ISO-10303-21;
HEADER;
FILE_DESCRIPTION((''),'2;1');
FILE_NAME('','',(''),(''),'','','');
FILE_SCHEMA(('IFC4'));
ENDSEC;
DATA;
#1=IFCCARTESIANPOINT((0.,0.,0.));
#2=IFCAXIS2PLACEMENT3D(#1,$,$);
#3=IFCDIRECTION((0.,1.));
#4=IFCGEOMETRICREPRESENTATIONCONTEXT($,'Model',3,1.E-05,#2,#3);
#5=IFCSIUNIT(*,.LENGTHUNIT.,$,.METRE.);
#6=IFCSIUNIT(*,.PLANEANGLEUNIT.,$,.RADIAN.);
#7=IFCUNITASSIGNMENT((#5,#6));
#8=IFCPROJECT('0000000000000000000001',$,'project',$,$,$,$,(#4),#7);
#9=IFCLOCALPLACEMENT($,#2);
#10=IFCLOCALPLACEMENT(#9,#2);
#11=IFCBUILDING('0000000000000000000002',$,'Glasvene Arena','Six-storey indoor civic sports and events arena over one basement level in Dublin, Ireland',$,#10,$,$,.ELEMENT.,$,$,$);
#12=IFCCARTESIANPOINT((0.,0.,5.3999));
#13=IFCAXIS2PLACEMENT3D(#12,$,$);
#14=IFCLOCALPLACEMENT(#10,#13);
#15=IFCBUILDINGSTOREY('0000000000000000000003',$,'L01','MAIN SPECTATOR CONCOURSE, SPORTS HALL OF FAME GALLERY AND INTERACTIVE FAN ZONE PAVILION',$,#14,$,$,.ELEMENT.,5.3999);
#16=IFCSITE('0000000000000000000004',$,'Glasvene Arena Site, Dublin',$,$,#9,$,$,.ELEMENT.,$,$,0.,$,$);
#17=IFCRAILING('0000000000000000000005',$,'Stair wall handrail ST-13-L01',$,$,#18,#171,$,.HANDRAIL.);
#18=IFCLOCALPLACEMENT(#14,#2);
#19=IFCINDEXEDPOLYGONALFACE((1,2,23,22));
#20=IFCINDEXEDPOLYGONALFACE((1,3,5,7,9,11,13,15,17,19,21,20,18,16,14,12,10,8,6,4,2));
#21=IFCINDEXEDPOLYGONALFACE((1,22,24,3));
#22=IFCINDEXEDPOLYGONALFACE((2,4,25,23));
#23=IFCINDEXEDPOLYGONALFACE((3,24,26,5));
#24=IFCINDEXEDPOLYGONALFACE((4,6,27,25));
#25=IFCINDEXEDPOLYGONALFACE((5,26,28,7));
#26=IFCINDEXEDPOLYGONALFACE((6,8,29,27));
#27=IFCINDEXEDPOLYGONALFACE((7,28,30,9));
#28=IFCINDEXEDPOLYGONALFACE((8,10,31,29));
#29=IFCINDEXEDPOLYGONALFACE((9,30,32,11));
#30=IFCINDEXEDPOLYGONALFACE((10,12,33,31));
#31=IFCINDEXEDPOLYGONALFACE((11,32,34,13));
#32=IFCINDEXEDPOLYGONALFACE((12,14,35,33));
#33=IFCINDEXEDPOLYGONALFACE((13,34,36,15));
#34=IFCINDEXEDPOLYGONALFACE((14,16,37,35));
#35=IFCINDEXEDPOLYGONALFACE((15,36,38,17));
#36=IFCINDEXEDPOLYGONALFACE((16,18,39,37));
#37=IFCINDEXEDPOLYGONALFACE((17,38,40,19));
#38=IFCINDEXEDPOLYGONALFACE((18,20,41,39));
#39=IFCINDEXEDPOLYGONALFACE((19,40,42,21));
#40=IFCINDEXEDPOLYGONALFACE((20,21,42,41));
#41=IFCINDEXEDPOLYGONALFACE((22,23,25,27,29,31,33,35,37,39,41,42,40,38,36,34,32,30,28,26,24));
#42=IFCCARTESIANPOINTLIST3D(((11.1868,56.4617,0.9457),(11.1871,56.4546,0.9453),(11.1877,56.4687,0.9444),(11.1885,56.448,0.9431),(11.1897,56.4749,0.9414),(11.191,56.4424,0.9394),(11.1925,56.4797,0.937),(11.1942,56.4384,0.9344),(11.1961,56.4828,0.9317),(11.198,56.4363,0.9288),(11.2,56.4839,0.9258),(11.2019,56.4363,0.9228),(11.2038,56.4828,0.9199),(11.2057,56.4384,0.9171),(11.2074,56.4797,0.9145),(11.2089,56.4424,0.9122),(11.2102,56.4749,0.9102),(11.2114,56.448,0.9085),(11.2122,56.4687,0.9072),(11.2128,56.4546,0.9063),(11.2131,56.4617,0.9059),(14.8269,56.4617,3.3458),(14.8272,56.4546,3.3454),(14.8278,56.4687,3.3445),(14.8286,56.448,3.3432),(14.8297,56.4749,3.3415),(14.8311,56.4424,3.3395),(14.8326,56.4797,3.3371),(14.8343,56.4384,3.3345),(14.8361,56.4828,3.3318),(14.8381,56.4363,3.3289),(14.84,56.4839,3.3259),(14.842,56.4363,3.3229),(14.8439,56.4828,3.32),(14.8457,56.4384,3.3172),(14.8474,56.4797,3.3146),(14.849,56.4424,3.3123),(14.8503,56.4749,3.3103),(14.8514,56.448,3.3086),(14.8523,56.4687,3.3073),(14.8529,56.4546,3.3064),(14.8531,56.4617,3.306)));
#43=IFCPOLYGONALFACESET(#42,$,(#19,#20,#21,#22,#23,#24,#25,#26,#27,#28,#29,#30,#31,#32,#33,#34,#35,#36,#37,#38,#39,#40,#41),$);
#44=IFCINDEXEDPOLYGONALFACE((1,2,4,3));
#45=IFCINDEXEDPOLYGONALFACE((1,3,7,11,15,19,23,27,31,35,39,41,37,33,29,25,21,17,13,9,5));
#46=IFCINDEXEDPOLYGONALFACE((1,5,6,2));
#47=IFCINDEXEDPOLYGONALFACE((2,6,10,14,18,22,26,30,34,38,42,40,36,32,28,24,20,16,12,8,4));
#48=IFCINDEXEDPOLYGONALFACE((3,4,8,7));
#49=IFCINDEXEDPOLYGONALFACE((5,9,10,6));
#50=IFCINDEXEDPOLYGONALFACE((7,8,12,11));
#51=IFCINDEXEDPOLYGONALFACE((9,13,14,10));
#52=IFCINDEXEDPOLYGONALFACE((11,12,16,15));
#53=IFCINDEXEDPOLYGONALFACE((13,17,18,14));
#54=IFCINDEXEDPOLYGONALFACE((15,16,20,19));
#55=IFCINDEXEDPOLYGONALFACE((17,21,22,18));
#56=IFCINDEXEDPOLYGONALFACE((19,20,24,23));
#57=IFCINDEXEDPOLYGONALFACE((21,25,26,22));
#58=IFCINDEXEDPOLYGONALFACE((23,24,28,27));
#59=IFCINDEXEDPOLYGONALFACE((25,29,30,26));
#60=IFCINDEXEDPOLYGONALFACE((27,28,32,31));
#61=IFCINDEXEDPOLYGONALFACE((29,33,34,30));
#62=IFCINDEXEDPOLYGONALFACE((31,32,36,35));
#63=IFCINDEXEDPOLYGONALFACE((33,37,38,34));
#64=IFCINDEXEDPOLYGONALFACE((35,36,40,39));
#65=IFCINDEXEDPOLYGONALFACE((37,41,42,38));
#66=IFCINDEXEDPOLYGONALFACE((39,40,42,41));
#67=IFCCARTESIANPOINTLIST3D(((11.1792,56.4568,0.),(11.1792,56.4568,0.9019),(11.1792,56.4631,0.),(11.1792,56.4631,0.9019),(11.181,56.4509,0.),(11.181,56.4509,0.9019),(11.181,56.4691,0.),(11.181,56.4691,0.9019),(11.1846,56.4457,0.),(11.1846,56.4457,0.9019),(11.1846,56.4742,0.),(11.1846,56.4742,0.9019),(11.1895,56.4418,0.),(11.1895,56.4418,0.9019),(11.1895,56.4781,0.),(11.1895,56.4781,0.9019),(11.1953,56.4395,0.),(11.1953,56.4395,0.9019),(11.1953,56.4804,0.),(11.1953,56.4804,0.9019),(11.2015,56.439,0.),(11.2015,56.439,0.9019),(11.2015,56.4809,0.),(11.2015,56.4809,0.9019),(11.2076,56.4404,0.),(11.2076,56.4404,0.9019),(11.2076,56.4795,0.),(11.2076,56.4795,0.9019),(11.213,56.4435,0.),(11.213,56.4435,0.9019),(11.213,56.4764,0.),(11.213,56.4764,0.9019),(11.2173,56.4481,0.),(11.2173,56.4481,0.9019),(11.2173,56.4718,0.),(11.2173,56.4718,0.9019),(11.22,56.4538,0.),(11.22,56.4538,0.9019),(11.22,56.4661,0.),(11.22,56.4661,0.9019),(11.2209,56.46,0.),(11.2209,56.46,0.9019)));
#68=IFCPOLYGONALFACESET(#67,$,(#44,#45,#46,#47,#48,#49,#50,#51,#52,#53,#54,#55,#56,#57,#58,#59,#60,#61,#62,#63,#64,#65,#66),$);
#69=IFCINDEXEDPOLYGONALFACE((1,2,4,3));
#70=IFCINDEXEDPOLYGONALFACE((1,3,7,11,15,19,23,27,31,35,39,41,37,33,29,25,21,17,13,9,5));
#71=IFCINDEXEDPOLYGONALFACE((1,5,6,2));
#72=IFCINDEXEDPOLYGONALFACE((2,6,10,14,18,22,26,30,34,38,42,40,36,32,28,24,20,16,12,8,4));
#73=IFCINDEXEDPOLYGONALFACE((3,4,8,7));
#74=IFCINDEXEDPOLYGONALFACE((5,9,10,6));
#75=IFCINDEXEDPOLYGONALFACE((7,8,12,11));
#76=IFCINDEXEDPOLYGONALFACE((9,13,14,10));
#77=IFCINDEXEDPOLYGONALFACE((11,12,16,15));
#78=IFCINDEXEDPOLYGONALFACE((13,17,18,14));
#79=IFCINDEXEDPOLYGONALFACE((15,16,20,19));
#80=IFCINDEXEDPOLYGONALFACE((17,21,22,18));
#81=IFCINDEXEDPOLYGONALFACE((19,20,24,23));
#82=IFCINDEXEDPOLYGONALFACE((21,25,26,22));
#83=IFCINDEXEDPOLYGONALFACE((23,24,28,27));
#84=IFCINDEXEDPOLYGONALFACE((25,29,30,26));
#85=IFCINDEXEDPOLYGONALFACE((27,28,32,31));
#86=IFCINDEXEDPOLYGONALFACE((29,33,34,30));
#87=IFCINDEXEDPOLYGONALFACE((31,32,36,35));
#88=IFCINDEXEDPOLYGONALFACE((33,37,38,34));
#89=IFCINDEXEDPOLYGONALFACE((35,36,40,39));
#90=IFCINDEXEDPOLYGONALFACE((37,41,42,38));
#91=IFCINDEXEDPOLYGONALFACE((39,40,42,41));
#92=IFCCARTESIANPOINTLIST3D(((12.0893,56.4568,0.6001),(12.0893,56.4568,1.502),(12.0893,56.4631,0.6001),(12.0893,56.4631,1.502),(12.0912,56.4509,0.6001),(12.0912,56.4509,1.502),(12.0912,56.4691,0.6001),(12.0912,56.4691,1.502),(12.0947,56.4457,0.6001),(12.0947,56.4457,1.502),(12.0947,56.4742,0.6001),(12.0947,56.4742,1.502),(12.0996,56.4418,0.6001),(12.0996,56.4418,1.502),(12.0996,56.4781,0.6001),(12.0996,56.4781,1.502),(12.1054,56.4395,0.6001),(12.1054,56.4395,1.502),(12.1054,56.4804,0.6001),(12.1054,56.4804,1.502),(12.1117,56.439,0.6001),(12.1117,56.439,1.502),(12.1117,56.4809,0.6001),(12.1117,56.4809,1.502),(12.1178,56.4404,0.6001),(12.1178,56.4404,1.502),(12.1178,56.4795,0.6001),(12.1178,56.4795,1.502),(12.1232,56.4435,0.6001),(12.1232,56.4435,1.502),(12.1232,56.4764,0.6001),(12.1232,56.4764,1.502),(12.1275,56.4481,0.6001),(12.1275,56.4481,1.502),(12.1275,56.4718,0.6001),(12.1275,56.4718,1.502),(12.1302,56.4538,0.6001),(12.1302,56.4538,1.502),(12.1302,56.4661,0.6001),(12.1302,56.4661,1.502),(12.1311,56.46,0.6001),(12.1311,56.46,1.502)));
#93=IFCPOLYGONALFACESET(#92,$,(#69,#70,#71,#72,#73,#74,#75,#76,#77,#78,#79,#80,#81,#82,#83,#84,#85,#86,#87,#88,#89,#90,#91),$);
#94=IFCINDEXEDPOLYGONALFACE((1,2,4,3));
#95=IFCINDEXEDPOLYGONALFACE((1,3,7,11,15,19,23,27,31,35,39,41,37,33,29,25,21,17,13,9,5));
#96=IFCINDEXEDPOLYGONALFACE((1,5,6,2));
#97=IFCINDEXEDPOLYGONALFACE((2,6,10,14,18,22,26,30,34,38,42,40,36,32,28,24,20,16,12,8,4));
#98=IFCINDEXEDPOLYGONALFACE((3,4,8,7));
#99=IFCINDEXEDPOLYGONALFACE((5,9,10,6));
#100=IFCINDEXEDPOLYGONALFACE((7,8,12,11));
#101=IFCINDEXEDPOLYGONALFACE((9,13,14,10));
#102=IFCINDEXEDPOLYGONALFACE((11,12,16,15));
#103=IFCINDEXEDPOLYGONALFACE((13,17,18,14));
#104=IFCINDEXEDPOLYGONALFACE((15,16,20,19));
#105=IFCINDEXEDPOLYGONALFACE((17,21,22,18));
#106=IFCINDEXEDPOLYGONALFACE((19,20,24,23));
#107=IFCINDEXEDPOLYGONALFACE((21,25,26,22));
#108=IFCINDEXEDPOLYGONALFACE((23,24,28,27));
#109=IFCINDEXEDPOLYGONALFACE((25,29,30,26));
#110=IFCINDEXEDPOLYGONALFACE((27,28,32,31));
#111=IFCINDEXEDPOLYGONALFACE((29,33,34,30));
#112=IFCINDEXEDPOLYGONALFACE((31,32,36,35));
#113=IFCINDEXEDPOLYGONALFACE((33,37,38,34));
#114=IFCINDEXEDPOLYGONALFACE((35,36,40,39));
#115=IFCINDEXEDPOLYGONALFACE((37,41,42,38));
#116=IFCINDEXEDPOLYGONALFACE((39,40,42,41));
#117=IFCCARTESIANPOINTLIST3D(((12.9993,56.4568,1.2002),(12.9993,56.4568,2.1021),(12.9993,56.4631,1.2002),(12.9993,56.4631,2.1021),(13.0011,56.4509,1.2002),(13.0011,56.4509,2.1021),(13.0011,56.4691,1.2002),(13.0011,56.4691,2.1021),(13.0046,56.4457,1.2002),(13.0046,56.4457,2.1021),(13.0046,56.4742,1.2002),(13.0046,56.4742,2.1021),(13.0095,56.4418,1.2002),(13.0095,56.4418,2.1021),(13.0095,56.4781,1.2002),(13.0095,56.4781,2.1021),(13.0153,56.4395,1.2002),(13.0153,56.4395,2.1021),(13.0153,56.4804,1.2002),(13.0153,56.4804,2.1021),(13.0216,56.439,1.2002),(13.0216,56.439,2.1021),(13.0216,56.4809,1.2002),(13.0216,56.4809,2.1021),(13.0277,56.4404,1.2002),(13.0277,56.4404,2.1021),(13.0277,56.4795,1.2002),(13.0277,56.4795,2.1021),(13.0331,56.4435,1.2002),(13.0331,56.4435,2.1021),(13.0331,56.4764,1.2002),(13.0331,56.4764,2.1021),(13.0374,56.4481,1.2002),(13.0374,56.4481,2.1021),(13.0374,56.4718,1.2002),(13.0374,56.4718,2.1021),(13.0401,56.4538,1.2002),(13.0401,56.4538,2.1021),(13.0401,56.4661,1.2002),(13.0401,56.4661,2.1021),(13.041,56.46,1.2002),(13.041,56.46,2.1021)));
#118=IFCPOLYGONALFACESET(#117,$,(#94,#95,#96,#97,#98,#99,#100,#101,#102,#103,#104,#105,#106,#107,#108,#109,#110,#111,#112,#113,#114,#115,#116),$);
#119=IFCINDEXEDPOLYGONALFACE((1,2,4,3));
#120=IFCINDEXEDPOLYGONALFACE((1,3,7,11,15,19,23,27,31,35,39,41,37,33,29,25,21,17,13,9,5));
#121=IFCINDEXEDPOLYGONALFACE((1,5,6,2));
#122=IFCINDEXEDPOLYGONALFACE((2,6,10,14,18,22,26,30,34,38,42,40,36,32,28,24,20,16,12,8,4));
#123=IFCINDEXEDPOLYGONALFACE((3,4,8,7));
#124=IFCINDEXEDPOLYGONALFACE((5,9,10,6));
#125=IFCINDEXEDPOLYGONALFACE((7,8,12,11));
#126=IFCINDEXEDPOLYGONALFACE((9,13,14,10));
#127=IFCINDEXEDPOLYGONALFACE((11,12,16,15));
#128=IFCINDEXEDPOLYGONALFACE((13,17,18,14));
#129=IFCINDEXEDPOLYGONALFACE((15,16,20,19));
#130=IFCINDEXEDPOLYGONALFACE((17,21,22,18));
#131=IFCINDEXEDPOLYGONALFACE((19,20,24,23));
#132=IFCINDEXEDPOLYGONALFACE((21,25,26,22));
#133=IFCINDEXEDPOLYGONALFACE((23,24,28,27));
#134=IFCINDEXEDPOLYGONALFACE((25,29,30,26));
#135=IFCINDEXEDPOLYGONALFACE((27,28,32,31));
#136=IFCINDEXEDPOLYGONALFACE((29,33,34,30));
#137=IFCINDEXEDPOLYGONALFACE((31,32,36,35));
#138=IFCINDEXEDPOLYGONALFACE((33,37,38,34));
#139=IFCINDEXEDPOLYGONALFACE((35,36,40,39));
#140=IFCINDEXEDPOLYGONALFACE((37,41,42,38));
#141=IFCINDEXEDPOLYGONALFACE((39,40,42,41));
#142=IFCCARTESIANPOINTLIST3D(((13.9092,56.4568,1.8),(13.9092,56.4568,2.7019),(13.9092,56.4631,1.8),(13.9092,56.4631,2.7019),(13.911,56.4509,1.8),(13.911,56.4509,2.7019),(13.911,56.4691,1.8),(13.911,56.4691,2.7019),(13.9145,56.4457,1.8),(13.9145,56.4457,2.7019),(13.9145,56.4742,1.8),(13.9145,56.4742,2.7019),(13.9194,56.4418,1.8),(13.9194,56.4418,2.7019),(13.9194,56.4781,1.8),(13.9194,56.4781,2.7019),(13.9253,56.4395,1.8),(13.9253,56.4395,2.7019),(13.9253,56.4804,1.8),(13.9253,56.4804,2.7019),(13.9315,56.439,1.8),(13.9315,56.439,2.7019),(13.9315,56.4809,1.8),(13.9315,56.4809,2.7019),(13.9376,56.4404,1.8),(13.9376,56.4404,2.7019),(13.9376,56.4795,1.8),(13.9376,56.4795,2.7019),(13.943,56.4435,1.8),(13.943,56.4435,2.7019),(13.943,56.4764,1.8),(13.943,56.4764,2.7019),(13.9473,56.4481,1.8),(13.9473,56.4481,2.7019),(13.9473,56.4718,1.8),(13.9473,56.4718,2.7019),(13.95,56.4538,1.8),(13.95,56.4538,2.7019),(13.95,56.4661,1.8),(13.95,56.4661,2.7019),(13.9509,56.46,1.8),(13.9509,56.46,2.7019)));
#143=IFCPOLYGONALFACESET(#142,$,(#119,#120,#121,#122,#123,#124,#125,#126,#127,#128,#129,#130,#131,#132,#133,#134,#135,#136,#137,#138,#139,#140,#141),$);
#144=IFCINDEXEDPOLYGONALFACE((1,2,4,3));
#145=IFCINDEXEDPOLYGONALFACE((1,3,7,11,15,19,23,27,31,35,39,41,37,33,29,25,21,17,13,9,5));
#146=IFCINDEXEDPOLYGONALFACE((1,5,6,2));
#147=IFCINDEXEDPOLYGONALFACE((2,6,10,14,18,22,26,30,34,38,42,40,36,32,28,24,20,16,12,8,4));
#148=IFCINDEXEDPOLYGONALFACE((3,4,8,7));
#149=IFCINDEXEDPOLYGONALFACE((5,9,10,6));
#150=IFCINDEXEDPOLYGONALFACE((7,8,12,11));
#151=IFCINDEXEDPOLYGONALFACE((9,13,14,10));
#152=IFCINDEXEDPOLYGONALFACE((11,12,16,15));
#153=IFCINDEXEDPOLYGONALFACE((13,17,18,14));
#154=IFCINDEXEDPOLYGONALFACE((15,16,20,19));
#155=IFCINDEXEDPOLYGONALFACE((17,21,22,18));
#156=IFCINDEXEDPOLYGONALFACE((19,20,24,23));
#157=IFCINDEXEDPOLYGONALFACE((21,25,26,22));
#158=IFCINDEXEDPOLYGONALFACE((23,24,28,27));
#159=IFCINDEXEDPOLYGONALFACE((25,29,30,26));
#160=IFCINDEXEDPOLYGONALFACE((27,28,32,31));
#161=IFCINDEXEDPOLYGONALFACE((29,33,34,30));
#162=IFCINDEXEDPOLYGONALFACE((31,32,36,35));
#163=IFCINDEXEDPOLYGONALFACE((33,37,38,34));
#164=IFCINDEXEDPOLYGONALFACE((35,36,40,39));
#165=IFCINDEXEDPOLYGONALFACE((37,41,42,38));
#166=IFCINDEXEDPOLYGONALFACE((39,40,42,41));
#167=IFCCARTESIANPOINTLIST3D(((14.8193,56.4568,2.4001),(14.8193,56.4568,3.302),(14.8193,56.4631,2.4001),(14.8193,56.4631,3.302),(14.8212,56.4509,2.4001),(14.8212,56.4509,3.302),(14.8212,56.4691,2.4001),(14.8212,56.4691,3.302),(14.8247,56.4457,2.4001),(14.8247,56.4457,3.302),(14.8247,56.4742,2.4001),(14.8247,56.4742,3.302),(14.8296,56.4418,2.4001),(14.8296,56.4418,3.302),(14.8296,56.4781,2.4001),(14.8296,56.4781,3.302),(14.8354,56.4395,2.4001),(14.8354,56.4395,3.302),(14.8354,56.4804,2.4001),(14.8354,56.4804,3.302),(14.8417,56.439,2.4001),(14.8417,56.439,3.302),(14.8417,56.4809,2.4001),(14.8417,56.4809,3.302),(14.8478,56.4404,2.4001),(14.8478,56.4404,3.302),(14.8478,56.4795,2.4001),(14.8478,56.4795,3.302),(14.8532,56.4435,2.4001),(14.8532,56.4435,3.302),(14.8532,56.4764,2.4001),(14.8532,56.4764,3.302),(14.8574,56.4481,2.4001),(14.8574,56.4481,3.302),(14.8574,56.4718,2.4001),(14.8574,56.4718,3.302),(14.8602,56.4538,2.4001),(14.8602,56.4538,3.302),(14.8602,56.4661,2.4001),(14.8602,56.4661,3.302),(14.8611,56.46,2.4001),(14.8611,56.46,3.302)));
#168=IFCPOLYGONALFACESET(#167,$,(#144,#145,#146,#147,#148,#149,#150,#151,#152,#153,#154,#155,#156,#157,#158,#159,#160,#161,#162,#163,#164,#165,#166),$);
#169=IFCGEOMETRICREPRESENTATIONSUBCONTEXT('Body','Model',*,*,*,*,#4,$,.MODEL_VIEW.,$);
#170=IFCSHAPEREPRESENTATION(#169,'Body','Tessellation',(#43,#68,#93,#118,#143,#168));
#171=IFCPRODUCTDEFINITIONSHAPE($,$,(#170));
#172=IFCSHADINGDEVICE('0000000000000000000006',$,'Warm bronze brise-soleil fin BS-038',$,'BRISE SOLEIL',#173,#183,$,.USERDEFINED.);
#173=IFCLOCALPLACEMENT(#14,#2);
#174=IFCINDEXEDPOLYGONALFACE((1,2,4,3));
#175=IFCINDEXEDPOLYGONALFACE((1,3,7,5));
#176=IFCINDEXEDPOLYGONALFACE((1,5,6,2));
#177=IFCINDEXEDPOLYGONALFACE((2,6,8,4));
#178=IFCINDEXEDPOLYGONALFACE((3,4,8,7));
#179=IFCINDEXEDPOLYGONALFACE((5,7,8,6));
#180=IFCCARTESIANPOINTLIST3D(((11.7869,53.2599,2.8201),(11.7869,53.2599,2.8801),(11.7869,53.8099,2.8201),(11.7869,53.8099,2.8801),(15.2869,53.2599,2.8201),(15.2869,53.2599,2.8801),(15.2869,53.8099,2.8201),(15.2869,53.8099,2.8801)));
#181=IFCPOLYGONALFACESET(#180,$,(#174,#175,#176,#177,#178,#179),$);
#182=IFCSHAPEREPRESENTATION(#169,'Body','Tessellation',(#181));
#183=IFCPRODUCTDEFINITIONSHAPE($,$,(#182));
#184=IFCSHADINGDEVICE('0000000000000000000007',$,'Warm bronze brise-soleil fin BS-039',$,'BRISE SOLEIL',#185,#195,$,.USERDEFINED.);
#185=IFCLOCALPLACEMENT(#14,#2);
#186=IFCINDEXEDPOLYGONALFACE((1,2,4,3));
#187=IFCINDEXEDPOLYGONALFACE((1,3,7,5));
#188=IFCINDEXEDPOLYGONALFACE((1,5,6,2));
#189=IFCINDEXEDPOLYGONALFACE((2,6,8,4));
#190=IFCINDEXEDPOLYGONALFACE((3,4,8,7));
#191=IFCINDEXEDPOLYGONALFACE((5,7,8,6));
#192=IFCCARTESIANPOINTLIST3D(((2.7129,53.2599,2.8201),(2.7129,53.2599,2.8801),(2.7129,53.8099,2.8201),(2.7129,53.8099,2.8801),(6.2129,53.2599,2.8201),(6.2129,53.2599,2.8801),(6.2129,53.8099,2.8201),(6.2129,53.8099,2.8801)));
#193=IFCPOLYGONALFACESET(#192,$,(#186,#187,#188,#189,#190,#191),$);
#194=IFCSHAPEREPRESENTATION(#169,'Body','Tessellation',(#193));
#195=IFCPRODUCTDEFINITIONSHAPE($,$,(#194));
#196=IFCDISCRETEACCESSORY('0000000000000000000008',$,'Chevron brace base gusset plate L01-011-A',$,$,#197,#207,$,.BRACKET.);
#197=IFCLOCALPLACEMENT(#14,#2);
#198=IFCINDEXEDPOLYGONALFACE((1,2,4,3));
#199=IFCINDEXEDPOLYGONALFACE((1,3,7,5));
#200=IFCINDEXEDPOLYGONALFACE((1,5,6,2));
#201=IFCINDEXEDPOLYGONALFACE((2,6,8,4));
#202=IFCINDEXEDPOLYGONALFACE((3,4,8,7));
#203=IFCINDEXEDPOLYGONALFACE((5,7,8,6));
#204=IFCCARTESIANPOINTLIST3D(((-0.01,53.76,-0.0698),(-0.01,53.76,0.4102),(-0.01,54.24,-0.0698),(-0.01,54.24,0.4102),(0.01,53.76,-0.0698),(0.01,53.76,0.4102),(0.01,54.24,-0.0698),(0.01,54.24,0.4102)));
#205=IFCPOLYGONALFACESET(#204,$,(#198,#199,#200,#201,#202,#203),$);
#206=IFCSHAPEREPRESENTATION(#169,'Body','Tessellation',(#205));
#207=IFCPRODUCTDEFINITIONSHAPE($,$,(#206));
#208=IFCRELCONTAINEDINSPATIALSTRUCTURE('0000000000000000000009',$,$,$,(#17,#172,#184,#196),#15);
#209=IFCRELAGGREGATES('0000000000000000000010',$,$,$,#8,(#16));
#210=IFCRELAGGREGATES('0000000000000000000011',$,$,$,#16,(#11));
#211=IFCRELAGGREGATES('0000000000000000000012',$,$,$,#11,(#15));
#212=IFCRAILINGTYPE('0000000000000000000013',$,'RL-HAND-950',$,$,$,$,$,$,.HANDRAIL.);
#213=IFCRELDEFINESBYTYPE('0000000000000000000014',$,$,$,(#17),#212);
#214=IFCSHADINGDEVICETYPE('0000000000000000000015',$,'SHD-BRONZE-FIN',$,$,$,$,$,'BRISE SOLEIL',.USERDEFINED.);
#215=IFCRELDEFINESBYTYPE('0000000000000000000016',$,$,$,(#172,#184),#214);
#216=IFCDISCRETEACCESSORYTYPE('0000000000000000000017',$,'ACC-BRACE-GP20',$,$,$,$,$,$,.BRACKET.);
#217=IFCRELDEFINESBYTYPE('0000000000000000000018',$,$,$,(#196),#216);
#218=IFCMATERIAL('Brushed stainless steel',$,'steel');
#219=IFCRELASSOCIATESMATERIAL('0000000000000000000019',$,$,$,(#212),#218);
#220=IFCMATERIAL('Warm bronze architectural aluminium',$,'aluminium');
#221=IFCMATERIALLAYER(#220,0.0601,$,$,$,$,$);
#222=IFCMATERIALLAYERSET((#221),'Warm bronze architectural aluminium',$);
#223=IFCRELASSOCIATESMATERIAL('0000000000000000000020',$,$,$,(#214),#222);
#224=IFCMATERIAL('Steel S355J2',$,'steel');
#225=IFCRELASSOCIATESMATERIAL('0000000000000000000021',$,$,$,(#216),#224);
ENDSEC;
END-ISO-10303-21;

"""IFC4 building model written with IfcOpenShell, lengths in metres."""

from ifc_helpers import new_model, si_unit, direction, frame, origin, origin_2d, place, context, subcontext, project, spatial, rectangle, circle, extrude, material, layer, layer_set, type_object, element, save


model = new_model("IFC4")

# Units and contexts
model_context = context("Model", 3, precision=1e-05, world=origin(), true_north=direction((0.0, 1.0)))
body_context = subcontext(model_context, "Body", "Model", "MODEL_VIEW")
ifc_project = project(units=[si_unit("LENGTHUNIT", "METRE"), si_unit("PLANEANGLEUNIT", "RADIAN")], contexts=[model_context])

# Site, building, storey
site_placement = place(None, origin())
site = spatial("IfcSite", under=ifc_project, at=site_placement, Name="Glasvene Arena Site, Dublin", CompositionType="ELEMENT", RefElevation=0.0)
building_placement = place(site_placement, origin())
building = spatial("IfcBuilding", under=site, at=building_placement, Name="Glasvene Arena", Description="Six-storey indoor civic sports and events arena over one basement level in Dublin, Ireland", CompositionType="ELEMENT")
storey_placement = place(building_placement, frame((0.0, 0.0, 5.3999)))
storey = spatial("IfcBuildingStorey", under=building, at=storey_placement, Name="L01", Description="MAIN SPECTATOR CONCOURSE, SPORTS HALL OF FAME GALLERY AND INTERACTIVE FAN ZONE PAVILION", CompositionType="ELEMENT", Elevation=5.3999)

# Shared definitions
ifc_material_1 = material(Name="Steel S355J2", Category="steel")

# Railing
ifc_material_2 = material(Name="Brushed stainless steel", Category="steel")
railing_type_1 = type_object("IfcRailingType", Name="RL-HAND-950", PredefinedType="HANDRAIL", material=ifc_material_2)
railing_1_placement = place(storey_placement, frame((11.2, 56.46, 0.0)))
element("IfcRailing", 1, at=railing_1_placement, inside=storey, type_object=railing_type_1, Name="Stair wall handrail ST-13-L01", PredefinedType="HANDRAIL", context=body_context, shape_type="SweptSolid", body=[
    extrude(circle(Radius=0.0239, at=origin_2d()), frame((0.0, 0.0, 0.9258), z_axis=(0.834856, 0.0, 0.550468), x_axis=(0.0, 1.0, 0.0)), (0.0, 0.0, 1.0), 4.3601),
    extrude(circle(Radius=0.021, at=origin_2d()), origin(), (0.0, 0.0, 1.0), 0.9019),
    extrude(circle(Radius=0.021, at=origin_2d()), frame((0.9102, 0.0, 0.6001)), (0.0, 0.0, 1.0), 0.9019),
    extrude(circle(Radius=0.021, at=origin_2d()), frame((1.8201, 0.0, 1.2002)), (0.0, 0.0, 1.0), 0.9019),
    extrude(circle(Radius=0.021, at=origin_2d()), frame((2.73, 0.0, 1.8)), (0.0, 0.0, 1.0), 0.9019),
    extrude(circle(Radius=0.021, at=origin_2d()), frame((3.6401, 0.0, 2.4001)), (0.0, 0.0, 1.0), 0.9019),
])

# Shading devices
ifc_material_3 = material(Name="Warm bronze architectural aluminium", Category="aluminium")
ifc_layer_1 = layer(ifc_material_3, 0.0601)
ifc_layer_set_1 = layer_set([ifc_layer_1], Name="Warm bronze architectural aluminium")
shading_device_type = type_object("IfcShadingDeviceType", Name="SHD-BRONZE-FIN", ElementType="BRISE SOLEIL", PredefinedType="USERDEFINED", material=ifc_layer_set_1)
for number, where, z_axis, x_axis, name in (
    (2, (13.5369, 53.5349, 2.8201), (0.0, 0.0, 1.0), (-1.0, 0.0, 0.0), "Warm bronze brise-soleil fin BS-038"),
    (3, (4.4629, 53.5349, 2.8201), (0.0, 0.0, 1.0), (-1.0, 0.0, 0.0), "Warm bronze brise-soleil fin BS-039"),
):
    element("IfcShadingDevice", number, at=place(storey_placement, frame(where, z_axis=z_axis, x_axis=x_axis)), inside=storey, type_object=shading_device_type, Name=name, ObjectType="BRISE SOLEIL", PredefinedType="USERDEFINED", context=body_context, shape_type="SweptSolid", body=[
        extrude(rectangle(XDim=3.5, YDim=0.55, at=origin_2d()), origin(), (0.0, 0.0, 1.0), 0.0601),
    ])

# Discrete accessory
discrete_accessory_type_1 = type_object("IfcDiscreteAccessoryType", Name="ACC-BRACE-GP20", PredefinedType="BRACKET", material=ifc_material_1)
discrete_accessory_1_placement = place(storey_placement, frame((0.0, 54.0, -0.0698), z_axis=(0.0, 0.0, 1.0), x_axis=(1.0, 0.0, 0.0)))
element("IfcDiscreteAccessory", 4, at=discrete_accessory_1_placement, inside=storey, type_object=discrete_accessory_type_1, Name="Chevron brace base gusset plate L01-011-A", PredefinedType="BRACKET", context=body_context, shape_type="SweptSolid", body=[
    extrude(rectangle(XDim=0.02, YDim=0.48, at=origin_2d()), origin(), (0.0, 0.0, 1.0), 0.48),
])

save(model, "model.ifc")
